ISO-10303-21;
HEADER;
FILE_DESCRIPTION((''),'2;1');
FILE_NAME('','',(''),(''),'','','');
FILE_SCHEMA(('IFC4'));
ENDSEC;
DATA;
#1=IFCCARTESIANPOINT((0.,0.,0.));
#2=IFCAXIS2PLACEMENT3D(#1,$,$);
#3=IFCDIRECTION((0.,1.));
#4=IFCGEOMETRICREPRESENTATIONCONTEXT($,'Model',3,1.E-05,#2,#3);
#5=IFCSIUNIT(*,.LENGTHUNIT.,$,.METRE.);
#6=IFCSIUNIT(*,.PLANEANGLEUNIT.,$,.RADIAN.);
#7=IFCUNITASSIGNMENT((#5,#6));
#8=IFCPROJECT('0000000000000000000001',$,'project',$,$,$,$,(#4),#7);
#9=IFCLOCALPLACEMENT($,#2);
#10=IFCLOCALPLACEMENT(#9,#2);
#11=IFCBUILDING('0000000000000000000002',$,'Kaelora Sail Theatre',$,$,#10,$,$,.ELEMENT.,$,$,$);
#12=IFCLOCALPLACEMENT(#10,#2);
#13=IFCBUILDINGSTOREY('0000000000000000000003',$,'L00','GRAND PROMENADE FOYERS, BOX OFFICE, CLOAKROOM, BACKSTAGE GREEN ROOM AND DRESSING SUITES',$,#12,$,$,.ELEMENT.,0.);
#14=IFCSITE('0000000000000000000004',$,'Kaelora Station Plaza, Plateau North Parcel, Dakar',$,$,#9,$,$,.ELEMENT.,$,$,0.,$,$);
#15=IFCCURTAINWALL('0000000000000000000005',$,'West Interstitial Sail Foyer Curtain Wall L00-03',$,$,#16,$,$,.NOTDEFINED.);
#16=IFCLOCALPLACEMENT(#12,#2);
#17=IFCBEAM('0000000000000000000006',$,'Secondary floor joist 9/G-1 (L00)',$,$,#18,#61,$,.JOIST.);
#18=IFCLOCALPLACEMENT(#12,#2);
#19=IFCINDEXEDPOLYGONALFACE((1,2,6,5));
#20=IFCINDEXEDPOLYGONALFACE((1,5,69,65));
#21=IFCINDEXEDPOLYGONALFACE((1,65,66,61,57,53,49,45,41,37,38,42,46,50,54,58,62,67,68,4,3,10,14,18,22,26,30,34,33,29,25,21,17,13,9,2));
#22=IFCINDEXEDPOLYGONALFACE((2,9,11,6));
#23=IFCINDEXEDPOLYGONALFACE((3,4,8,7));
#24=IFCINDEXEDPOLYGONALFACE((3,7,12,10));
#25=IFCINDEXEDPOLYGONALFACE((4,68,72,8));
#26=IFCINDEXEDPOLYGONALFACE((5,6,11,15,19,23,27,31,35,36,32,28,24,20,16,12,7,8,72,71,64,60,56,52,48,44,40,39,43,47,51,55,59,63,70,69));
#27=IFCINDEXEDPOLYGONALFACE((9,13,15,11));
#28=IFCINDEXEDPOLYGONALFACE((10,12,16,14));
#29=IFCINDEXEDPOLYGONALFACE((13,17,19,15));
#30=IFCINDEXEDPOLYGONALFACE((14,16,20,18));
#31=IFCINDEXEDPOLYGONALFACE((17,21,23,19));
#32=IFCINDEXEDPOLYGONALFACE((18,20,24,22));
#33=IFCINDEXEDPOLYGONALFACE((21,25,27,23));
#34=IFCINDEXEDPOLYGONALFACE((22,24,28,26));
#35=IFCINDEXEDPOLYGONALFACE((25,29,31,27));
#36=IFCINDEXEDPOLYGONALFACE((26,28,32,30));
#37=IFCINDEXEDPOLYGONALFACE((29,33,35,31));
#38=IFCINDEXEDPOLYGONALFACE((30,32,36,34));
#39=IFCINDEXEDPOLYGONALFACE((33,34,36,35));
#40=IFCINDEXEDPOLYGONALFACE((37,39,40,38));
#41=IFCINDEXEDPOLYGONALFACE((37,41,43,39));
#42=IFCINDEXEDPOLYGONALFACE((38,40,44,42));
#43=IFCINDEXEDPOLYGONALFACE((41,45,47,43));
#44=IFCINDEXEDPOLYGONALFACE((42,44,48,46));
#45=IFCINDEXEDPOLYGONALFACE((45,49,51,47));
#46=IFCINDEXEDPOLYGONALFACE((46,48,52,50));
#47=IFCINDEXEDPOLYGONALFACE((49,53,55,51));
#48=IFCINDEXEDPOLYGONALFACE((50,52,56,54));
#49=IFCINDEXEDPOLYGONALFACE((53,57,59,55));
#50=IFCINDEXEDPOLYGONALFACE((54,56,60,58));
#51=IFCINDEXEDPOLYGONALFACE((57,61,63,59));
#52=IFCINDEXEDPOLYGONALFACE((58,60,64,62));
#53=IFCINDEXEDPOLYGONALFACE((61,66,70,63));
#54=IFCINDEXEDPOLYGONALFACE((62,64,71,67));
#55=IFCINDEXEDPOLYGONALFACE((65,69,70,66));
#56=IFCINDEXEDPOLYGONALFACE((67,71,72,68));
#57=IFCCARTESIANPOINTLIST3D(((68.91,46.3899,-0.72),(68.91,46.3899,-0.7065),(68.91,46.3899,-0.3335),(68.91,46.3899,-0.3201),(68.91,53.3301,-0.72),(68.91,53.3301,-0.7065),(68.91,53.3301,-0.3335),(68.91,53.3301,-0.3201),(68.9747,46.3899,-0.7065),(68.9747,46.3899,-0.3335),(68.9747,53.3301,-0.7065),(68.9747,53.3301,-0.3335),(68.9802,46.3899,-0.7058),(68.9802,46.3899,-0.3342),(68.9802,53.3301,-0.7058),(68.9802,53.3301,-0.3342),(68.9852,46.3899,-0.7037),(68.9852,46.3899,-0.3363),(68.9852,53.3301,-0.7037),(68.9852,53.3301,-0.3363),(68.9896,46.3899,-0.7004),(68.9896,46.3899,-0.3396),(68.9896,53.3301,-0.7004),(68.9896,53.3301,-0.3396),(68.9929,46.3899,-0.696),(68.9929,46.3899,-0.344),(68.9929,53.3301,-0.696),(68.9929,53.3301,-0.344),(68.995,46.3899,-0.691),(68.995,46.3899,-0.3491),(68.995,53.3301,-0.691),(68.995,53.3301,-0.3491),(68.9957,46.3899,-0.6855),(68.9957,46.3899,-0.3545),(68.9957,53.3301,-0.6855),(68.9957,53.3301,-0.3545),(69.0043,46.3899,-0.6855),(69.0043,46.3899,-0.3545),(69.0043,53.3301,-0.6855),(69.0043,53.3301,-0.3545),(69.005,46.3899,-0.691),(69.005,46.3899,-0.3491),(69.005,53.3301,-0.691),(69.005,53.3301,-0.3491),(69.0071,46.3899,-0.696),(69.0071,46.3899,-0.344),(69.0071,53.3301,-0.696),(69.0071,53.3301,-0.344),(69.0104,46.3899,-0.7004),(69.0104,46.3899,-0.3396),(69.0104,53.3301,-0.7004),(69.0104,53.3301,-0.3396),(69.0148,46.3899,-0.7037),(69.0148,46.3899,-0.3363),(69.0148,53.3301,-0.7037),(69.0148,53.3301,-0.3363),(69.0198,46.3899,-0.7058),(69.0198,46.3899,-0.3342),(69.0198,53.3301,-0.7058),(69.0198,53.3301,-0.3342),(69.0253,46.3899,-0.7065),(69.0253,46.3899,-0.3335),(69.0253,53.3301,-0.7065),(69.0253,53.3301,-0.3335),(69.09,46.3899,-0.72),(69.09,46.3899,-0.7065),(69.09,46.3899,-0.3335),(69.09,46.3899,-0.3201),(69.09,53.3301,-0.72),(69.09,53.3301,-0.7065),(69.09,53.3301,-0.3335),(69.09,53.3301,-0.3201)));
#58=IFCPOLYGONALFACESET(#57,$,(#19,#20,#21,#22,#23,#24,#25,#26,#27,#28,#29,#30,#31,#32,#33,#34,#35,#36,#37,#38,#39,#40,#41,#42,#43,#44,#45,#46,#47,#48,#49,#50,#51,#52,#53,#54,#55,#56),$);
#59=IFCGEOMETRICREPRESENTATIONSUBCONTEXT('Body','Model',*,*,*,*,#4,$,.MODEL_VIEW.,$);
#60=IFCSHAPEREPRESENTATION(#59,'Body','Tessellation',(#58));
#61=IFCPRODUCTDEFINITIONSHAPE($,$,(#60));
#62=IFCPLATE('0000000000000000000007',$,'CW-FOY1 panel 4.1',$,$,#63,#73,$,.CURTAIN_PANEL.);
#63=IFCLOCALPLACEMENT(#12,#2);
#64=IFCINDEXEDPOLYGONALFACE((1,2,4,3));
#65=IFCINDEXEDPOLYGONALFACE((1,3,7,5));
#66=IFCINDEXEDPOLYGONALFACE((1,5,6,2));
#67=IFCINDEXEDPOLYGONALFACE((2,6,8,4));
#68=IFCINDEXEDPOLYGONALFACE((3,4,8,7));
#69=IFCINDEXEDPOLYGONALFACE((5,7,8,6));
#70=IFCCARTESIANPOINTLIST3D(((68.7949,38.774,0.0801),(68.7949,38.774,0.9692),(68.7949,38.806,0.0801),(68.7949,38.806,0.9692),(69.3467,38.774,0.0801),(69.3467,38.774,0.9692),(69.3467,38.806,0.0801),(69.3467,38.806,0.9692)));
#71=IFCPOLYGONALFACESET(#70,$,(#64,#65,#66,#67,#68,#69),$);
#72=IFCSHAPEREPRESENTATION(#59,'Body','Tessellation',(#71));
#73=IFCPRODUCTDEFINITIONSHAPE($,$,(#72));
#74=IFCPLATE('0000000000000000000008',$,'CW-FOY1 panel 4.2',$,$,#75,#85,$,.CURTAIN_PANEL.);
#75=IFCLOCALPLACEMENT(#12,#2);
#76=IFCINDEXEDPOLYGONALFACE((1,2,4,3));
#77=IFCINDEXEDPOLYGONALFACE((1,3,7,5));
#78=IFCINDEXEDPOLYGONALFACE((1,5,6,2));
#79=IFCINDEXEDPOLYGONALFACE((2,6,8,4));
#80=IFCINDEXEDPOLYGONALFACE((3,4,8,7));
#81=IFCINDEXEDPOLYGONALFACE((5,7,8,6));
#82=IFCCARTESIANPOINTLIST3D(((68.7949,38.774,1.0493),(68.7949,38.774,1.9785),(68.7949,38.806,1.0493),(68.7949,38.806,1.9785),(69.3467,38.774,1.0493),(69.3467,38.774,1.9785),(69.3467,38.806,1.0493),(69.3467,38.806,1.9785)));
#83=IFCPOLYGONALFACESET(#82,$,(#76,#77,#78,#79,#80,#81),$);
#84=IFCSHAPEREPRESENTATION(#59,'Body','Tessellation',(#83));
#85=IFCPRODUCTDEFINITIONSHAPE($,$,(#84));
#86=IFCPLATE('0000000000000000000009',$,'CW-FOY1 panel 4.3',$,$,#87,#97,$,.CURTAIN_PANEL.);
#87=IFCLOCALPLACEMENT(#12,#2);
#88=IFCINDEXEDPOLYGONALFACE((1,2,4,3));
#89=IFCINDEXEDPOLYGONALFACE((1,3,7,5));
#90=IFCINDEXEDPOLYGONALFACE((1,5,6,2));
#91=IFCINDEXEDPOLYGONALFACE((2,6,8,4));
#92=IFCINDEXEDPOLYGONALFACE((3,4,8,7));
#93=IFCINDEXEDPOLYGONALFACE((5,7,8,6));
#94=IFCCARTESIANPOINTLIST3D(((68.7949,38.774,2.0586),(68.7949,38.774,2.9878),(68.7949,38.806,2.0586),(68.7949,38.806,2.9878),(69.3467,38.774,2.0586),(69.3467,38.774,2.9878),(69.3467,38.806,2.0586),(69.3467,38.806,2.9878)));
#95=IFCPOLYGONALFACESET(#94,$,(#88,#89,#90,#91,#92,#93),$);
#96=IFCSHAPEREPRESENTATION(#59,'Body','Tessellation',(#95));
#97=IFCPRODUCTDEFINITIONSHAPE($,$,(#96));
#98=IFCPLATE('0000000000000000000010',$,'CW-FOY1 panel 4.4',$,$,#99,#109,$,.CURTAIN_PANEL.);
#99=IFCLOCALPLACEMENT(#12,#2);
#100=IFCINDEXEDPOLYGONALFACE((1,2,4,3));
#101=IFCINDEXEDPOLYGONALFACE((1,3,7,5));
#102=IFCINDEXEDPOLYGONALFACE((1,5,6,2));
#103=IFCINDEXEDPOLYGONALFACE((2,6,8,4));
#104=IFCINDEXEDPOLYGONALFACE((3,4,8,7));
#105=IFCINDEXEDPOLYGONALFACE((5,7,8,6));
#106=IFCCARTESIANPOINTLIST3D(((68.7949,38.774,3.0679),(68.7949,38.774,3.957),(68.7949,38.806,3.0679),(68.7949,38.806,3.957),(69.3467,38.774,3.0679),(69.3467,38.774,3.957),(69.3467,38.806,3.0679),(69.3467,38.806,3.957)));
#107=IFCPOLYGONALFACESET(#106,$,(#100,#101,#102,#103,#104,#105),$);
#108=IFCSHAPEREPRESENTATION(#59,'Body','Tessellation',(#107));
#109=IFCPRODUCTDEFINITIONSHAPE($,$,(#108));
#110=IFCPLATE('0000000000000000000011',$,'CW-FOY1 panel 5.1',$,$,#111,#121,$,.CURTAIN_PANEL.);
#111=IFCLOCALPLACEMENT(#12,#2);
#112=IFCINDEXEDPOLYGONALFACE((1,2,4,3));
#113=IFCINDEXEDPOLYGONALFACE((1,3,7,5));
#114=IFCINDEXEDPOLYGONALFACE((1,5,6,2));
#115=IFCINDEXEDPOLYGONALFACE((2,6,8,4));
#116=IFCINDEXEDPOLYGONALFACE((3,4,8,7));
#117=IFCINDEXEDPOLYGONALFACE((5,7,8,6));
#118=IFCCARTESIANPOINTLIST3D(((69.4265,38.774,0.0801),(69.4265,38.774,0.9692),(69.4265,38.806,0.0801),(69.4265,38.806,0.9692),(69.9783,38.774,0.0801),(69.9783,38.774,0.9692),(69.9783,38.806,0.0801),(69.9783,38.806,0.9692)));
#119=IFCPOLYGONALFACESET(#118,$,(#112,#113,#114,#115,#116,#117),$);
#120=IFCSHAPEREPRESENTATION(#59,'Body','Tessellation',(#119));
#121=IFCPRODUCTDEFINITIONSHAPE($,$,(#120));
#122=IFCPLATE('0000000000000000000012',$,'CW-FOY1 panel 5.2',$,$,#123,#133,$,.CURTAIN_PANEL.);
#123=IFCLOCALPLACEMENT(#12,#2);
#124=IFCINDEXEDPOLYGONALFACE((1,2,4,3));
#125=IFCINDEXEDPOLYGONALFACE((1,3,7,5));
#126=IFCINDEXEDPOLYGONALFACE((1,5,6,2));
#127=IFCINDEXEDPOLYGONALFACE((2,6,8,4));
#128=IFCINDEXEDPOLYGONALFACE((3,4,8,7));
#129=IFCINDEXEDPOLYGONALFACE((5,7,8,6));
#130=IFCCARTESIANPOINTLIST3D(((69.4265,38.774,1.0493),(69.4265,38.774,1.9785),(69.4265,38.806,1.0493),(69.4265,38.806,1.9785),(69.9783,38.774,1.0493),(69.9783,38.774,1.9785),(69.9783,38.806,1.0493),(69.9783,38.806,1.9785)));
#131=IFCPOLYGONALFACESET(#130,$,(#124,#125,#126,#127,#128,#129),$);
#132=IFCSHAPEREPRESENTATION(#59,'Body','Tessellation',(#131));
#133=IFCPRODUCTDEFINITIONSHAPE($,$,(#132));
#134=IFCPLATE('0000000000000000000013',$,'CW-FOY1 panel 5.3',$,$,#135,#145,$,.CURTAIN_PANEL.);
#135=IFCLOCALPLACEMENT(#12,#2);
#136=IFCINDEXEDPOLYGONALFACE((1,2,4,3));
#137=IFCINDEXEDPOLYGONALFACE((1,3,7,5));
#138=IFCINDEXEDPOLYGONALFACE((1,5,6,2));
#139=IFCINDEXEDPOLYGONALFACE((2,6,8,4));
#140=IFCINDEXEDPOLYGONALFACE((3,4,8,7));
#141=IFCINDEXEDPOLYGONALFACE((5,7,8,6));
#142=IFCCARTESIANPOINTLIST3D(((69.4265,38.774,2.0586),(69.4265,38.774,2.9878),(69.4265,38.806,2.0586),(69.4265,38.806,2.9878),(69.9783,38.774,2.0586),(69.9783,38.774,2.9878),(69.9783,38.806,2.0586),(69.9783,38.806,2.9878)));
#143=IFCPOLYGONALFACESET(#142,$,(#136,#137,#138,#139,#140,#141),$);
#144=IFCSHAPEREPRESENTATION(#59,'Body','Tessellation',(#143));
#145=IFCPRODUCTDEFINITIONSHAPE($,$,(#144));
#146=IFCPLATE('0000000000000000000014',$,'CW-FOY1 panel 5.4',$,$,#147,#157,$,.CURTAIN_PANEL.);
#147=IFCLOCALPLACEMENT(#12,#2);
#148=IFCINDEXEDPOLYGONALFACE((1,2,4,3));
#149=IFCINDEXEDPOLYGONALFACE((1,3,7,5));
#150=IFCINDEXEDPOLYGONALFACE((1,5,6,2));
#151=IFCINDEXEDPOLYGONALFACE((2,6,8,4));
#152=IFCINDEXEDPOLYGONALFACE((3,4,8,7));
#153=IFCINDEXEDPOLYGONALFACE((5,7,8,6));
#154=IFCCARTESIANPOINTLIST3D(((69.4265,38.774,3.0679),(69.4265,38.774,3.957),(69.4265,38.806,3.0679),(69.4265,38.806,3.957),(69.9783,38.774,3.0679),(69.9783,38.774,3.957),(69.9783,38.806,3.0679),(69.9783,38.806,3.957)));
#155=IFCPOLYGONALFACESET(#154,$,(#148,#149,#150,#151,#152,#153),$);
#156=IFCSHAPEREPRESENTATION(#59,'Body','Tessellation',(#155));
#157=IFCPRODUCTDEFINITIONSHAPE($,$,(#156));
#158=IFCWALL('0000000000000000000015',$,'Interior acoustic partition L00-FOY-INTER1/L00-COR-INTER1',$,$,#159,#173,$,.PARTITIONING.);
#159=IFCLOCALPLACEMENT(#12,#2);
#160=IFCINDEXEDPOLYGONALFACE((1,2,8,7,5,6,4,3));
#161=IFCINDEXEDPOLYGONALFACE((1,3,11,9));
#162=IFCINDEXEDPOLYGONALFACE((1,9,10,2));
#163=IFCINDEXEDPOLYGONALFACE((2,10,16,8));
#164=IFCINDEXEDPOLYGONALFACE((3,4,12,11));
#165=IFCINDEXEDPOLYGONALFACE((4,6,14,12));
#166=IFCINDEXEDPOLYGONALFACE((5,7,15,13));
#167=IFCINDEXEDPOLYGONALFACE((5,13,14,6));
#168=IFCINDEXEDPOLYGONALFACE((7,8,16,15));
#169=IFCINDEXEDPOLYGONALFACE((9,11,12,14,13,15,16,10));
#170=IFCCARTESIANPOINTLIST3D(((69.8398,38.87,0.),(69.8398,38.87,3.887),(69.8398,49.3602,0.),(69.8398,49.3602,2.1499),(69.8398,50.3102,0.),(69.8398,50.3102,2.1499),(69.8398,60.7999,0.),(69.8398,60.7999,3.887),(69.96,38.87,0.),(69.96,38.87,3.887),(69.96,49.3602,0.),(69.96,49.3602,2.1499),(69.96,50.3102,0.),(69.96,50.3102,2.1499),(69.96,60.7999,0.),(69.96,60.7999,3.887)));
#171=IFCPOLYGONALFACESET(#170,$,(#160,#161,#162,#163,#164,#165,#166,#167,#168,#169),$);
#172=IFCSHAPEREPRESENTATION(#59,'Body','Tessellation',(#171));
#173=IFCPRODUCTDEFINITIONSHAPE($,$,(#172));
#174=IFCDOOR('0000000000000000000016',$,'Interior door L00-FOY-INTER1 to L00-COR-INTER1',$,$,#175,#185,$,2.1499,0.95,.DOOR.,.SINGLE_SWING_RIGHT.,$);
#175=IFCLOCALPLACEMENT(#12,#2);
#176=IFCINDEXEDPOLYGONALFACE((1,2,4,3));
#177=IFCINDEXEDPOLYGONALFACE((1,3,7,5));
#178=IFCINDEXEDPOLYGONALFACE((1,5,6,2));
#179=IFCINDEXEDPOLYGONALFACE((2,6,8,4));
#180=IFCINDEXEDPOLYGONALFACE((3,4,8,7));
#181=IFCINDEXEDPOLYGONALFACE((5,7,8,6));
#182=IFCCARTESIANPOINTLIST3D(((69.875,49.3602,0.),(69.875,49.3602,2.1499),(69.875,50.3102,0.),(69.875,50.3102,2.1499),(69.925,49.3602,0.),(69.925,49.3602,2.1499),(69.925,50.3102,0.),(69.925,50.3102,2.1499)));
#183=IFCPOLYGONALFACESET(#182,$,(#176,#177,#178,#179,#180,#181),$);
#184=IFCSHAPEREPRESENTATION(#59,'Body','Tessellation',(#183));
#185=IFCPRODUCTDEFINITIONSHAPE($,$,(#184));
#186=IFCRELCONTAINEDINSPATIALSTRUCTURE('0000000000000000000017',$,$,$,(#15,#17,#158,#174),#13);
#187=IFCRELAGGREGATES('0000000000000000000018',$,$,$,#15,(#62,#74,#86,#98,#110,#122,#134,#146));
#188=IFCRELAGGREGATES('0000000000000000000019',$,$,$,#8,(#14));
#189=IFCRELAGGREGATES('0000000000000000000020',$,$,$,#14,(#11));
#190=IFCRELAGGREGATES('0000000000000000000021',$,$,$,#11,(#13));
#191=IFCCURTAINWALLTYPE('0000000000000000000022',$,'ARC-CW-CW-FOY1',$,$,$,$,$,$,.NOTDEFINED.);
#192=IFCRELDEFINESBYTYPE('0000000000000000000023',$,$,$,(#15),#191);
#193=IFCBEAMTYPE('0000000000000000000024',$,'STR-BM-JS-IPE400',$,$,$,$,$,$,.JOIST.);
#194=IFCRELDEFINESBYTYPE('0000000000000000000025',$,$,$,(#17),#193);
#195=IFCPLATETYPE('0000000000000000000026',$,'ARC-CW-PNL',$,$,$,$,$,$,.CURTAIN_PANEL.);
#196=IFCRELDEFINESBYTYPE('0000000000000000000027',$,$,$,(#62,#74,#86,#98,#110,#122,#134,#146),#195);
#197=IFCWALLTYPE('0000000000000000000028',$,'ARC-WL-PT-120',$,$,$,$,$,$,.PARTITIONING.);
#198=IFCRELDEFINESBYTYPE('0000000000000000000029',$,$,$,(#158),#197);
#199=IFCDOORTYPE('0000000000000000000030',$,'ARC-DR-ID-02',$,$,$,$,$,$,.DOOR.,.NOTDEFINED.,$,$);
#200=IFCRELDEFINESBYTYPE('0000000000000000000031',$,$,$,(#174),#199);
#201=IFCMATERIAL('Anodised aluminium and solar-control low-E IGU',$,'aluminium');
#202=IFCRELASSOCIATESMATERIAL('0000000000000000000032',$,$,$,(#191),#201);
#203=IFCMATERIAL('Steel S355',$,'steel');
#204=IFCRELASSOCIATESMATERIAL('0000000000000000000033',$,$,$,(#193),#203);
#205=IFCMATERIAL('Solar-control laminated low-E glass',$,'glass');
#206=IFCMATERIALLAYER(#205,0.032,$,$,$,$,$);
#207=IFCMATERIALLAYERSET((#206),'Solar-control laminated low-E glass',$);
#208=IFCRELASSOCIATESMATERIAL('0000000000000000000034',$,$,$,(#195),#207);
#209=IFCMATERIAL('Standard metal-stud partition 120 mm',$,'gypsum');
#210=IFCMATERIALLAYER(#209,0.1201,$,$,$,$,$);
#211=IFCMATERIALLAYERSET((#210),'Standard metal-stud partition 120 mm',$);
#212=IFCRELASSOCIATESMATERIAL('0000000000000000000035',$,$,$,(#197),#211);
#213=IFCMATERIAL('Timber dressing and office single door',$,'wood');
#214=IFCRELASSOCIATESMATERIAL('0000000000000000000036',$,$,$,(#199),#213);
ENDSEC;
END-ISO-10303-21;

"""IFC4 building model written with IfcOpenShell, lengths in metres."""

from ifc_helpers import new_model, si_unit, direction, frame, frame_2d, origin, origin_2d, place, context, subcontext, project, spatial, rectangle, i_section, extrude, material, layer, layer_set, material_profile, profile_set, type_object, element, fill, aggregate, save


model = new_model("IFC4")

# Units and contexts
model_context = context("Model", 3, precision=1e-05, world=origin(), true_north=direction((0.0, 1.0)))
body_context = subcontext(model_context, "Body", "Model", "MODEL_VIEW")
ifc_project = project(units=[si_unit("LENGTHUNIT", "METRE"), si_unit("PLANEANGLEUNIT", "RADIAN")], contexts=[model_context])

# Site, building, storey
site_placement = place(None, origin())
site = spatial("IfcSite", under=ifc_project, at=site_placement, Name="Kaelora Station Plaza, Plateau North Parcel, Dakar", CompositionType="ELEMENT", RefElevation=0.0)
building_placement = place(site_placement, origin())
building = spatial("IfcBuilding", under=site, at=building_placement, Name="Kaelora Sail Theatre", CompositionType="ELEMENT")
storey_placement = place(building_placement, origin())
storey = spatial("IfcBuildingStorey", under=building, at=storey_placement, Name="L00", Description="GRAND PROMENADE FOYERS, BOX OFFICE, CLOAKROOM, BACKSTAGE GREEN ROOM AND DRESSING SUITES", CompositionType="ELEMENT", Elevation=0.0)

# Curtain wall
ifc_material_1 = material(Name="Anodised aluminium and solar-control low-E IGU", Category="aluminium")
curtain_wall_type = type_object("IfcCurtainWallType", Name="ARC-CW-CW-FOY1", PredefinedType="NOTDEFINED", material=ifc_material_1)
curtain_wall_placement = place(storey_placement, origin())
curtain_wall = element("IfcCurtainWall", 1, at=curtain_wall_placement, inside=storey, type_object=curtain_wall_type, Name="West Interstitial Sail Foyer Curtain Wall L00-03", PredefinedType="NOTDEFINED")

# Beam
ifc_material_2 = material(Name="Steel S355", Category="steel")
ifc_material_profile_1 = material_profile(ifc_material_2, i_section(OverallWidth=0.1799, OverallDepth=0.3999, WebThickness=0.0085, FlangeThickness=0.0134, FilletRadius=0.021, at=origin_2d()), Name="IPE 400")
ifc_profile_set_1 = profile_set([ifc_material_profile_1], Name="Steel S355")
beam_type_1 = type_object("IfcBeamType", Name="STR-BM-JS-IPE400", PredefinedType="JOIST", material=ifc_profile_set_1)
beam_1_placement = place(storey_placement, frame((69.0, 46.3899, -0.52), z_axis=(0.0, 1.0, 0.0), x_axis=(-1.0, 0.0, 0.0)))
element("IfcBeam", 2, at=beam_1_placement, inside=storey, type_object=beam_type_1, Name="Secondary floor joist 9/G-1 (L00)", PredefinedType="JOIST", context=body_context, shape_type="SweptSolid", body=[
    extrude(i_section(OverallWidth=0.1799, OverallDepth=0.3999, WebThickness=0.0085, FlangeThickness=0.0134, FilletRadius=0.021, at=origin_2d()), origin(), (0.0, 0.0, 1.0), 6.9402),
])

# Plates
ifc_material_3 = material(Name="Solar-control laminated low-E glass", Category="glass")
ifc_layer_1 = layer(ifc_material_3, 0.032)
ifc_layer_set_1 = layer_set([ifc_layer_1], Name="Solar-control laminated low-E glass")
plate_type = type_object("IfcPlateType", Name="ARC-CW-PNL", PredefinedType="CURTAIN_PANEL", material=ifc_layer_set_1)
plate_1_placement = place(storey_placement, frame((69.0708, 38.79, 0.0801), z_axis=(0.0, 0.0, 1.0), x_axis=(1.0, 0.0, 0.0)))
plate_1 = element("IfcPlate", 3, at=plate_1_placement, type_object=plate_type, Name="CW-FOY1 panel 4.1", PredefinedType="CURTAIN_PANEL", context=body_context, shape_type="SweptSolid", body=[
    extrude(rectangle(XDim=0.5518, YDim=0.032, at=origin_2d()), origin(), (0.0, 0.0, 1.0), 0.8892),
])
plate_2_placement = place(storey_placement, frame((69.0708, 38.79, 1.0493), z_axis=(0.0, 0.0, 1.0), x_axis=(1.0, 0.0, 0.0)))
plate_2 = element("IfcPlate", 4, at=plate_2_placement, type_object=plate_type, Name="CW-FOY1 panel 4.2", PredefinedType="CURTAIN_PANEL", context=body_context, shape_type="SweptSolid", body=[
    extrude(rectangle(XDim=0.5518, YDim=0.032, at=origin_2d()), origin(), (0.0, 0.0, 1.0), 0.9292),
])
plate_3_placement = place(storey_placement, frame((69.0708, 38.79, 2.0586), z_axis=(0.0, 0.0, 1.0), x_axis=(1.0, 0.0, 0.0)))
plate_3 = element("IfcPlate", 5, at=plate_3_placement, type_object=plate_type, Name="CW-FOY1 panel 4.3", PredefinedType="CURTAIN_PANEL", context=body_context, shape_type="SweptSolid", body=[
    extrude(rectangle(XDim=0.5518, YDim=0.032, at=origin_2d()), origin(), (0.0, 0.0, 1.0), 0.9292),
])
plate_4_placement = place(storey_placement, frame((69.0708, 38.79, 3.0679), z_axis=(0.0, 0.0, 1.0), x_axis=(1.0, 0.0, 0.0)))
plate_4 = element("IfcPlate", 6, at=plate_4_placement, type_object=plate_type, Name="CW-FOY1 panel 4.4", PredefinedType="CURTAIN_PANEL", context=body_context, shape_type="SweptSolid", body=[
    extrude(rectangle(XDim=0.5518, YDim=0.032, at=origin_2d()), origin(), (0.0, 0.0, 1.0), 0.8892),
])
plate_5_placement = place(storey_placement, frame((69.7024, 38.79, 0.0801), z_axis=(0.0, 0.0, 1.0), x_axis=(1.0, 0.0, 0.0)))
plate_5 = element("IfcPlate", 7, at=plate_5_placement, type_object=plate_type, Name="CW-FOY1 panel 5.1", PredefinedType="CURTAIN_PANEL", context=body_context, shape_type="SweptSolid", body=[
    extrude(rectangle(XDim=0.5518, YDim=0.032, at=origin_2d()), origin(), (0.0, 0.0, 1.0), 0.8892),
])
plate_6_placement = place(storey_placement, frame((69.7024, 38.79, 1.0493), z_axis=(0.0, 0.0, 1.0), x_axis=(1.0, 0.0, 0.0)))
plate_6 = element("IfcPlate", 8, at=plate_6_placement, type_object=plate_type, Name="CW-FOY1 panel 5.2", PredefinedType="CURTAIN_PANEL", context=body_context, shape_type="SweptSolid", body=[
    extrude(rectangle(XDim=0.5518, YDim=0.032, at=origin_2d()), origin(), (0.0, 0.0, 1.0), 0.9292),
])
plate_7_placement = place(storey_placement, frame((69.7024, 38.79, 2.0586), z_axis=(0.0, 0.0, 1.0), x_axis=(1.0, 0.0, 0.0)))
plate_7 = element("IfcPlate", 9, at=plate_7_placement, type_object=plate_type, Name="CW-FOY1 panel 5.3", PredefinedType="CURTAIN_PANEL", context=body_context, shape_type="SweptSolid", body=[
    extrude(rectangle(XDim=0.5518, YDim=0.032, at=origin_2d()), origin(), (0.0, 0.0, 1.0), 0.9292),
])
plate_8_placement = place(storey_placement, frame((69.7024, 38.79, 3.0679), z_axis=(0.0, 0.0, 1.0), x_axis=(1.0, 0.0, 0.0)))
plate_8 = element("IfcPlate", 10, at=plate_8_placement, type_object=plate_type, Name="CW-FOY1 panel 5.4", PredefinedType="CURTAIN_PANEL", context=body_context, shape_type="SweptSolid", body=[
    extrude(rectangle(XDim=0.5518, YDim=0.032, at=origin_2d()), origin(), (0.0, 0.0, 1.0), 0.8892),
])
aggregate(curtain_wall, [plate_1, plate_2, plate_3, plate_4, plate_5, plate_6, plate_7, plate_8])

# Wall, opening, door
ifc_material_4 = material(Name="Standard metal-stud partition 120 mm", Category="gypsum")
ifc_layer_2 = layer(ifc_material_4, 0.1201)
ifc_layer_set_2 = layer_set([ifc_layer_2], Name="Standard metal-stud partition 120 mm")
wall_type = type_object("IfcWallType", Name="ARC-WL-PT-120", PredefinedType="PARTITIONING", material=ifc_layer_set_2)
wall_placement = place(storey_placement, frame((69.8999, 38.8701, 0.0), z_axis=(0.0, 0.0, 1.0), x_axis=(0.0, 1.0, 0.0)))
wall = element("IfcWall", 11, at=wall_placement, inside=storey, type_object=wall_type, Name="Interior acoustic partition L00-FOY-INTER1/L00-COR-INTER1", PredefinedType="PARTITIONING", context=body_context, shape_type="SweptSolid", body=[
    extrude(rectangle(XDim=21.9299, YDim=0.1201, at=frame_2d((10.9648, 0.0))), origin(), (0.0, 0.0, 1.0), 3.887),
])
opening_placement = place(wall_placement, frame((10.49, 0.0, 0.0)))
opening = element("IfcOpeningElement", 12, at=opening_placement, cuts=wall, PredefinedType="OPENING", context=body_context, shape_type="SweptSolid", body=[
    extrude(rectangle(XDim=0.95, YDim=2.1499, at=frame_2d((0.4751, 1.075))), frame((0.0, 0.0701, 0.0), z_axis=(0.0, -1.0, 0.0), x_axis=(1.0, 0.0, 0.0)), (0.0, 0.0, 1.0), 0.1401),
])
ifc_material_5 = material(Name="Timber dressing and office single door", Category="wood")
door_type = type_object("IfcDoorType", Name="ARC-DR-ID-02", OperationType="NOTDEFINED", PredefinedType="DOOR", material=ifc_material_5)
door_placement = place(opening_placement, origin())
door = element("IfcDoor", 13, at=door_placement, inside=storey, type_object=door_type, Name="Interior door L00-FOY-INTER1 to L00-COR-INTER1", OperationType="SINGLE_SWING_RIGHT", OverallHeight=2.1499, OverallWidth=0.95, PredefinedType="DOOR", context=body_context, shape_type="SweptSolid", body=[
    extrude(rectangle(XDim=0.95, YDim=2.1499, at=frame_2d((0.4751, 1.075))), frame((0.0, 0.0249, 0.0), z_axis=(0.0, -1.0, 0.0), x_axis=(1.0, 0.0, 0.0)), (0.0, 0.0, 1.0), 0.05),
])
fill(opening, door)

save(model, "model.ifc")
